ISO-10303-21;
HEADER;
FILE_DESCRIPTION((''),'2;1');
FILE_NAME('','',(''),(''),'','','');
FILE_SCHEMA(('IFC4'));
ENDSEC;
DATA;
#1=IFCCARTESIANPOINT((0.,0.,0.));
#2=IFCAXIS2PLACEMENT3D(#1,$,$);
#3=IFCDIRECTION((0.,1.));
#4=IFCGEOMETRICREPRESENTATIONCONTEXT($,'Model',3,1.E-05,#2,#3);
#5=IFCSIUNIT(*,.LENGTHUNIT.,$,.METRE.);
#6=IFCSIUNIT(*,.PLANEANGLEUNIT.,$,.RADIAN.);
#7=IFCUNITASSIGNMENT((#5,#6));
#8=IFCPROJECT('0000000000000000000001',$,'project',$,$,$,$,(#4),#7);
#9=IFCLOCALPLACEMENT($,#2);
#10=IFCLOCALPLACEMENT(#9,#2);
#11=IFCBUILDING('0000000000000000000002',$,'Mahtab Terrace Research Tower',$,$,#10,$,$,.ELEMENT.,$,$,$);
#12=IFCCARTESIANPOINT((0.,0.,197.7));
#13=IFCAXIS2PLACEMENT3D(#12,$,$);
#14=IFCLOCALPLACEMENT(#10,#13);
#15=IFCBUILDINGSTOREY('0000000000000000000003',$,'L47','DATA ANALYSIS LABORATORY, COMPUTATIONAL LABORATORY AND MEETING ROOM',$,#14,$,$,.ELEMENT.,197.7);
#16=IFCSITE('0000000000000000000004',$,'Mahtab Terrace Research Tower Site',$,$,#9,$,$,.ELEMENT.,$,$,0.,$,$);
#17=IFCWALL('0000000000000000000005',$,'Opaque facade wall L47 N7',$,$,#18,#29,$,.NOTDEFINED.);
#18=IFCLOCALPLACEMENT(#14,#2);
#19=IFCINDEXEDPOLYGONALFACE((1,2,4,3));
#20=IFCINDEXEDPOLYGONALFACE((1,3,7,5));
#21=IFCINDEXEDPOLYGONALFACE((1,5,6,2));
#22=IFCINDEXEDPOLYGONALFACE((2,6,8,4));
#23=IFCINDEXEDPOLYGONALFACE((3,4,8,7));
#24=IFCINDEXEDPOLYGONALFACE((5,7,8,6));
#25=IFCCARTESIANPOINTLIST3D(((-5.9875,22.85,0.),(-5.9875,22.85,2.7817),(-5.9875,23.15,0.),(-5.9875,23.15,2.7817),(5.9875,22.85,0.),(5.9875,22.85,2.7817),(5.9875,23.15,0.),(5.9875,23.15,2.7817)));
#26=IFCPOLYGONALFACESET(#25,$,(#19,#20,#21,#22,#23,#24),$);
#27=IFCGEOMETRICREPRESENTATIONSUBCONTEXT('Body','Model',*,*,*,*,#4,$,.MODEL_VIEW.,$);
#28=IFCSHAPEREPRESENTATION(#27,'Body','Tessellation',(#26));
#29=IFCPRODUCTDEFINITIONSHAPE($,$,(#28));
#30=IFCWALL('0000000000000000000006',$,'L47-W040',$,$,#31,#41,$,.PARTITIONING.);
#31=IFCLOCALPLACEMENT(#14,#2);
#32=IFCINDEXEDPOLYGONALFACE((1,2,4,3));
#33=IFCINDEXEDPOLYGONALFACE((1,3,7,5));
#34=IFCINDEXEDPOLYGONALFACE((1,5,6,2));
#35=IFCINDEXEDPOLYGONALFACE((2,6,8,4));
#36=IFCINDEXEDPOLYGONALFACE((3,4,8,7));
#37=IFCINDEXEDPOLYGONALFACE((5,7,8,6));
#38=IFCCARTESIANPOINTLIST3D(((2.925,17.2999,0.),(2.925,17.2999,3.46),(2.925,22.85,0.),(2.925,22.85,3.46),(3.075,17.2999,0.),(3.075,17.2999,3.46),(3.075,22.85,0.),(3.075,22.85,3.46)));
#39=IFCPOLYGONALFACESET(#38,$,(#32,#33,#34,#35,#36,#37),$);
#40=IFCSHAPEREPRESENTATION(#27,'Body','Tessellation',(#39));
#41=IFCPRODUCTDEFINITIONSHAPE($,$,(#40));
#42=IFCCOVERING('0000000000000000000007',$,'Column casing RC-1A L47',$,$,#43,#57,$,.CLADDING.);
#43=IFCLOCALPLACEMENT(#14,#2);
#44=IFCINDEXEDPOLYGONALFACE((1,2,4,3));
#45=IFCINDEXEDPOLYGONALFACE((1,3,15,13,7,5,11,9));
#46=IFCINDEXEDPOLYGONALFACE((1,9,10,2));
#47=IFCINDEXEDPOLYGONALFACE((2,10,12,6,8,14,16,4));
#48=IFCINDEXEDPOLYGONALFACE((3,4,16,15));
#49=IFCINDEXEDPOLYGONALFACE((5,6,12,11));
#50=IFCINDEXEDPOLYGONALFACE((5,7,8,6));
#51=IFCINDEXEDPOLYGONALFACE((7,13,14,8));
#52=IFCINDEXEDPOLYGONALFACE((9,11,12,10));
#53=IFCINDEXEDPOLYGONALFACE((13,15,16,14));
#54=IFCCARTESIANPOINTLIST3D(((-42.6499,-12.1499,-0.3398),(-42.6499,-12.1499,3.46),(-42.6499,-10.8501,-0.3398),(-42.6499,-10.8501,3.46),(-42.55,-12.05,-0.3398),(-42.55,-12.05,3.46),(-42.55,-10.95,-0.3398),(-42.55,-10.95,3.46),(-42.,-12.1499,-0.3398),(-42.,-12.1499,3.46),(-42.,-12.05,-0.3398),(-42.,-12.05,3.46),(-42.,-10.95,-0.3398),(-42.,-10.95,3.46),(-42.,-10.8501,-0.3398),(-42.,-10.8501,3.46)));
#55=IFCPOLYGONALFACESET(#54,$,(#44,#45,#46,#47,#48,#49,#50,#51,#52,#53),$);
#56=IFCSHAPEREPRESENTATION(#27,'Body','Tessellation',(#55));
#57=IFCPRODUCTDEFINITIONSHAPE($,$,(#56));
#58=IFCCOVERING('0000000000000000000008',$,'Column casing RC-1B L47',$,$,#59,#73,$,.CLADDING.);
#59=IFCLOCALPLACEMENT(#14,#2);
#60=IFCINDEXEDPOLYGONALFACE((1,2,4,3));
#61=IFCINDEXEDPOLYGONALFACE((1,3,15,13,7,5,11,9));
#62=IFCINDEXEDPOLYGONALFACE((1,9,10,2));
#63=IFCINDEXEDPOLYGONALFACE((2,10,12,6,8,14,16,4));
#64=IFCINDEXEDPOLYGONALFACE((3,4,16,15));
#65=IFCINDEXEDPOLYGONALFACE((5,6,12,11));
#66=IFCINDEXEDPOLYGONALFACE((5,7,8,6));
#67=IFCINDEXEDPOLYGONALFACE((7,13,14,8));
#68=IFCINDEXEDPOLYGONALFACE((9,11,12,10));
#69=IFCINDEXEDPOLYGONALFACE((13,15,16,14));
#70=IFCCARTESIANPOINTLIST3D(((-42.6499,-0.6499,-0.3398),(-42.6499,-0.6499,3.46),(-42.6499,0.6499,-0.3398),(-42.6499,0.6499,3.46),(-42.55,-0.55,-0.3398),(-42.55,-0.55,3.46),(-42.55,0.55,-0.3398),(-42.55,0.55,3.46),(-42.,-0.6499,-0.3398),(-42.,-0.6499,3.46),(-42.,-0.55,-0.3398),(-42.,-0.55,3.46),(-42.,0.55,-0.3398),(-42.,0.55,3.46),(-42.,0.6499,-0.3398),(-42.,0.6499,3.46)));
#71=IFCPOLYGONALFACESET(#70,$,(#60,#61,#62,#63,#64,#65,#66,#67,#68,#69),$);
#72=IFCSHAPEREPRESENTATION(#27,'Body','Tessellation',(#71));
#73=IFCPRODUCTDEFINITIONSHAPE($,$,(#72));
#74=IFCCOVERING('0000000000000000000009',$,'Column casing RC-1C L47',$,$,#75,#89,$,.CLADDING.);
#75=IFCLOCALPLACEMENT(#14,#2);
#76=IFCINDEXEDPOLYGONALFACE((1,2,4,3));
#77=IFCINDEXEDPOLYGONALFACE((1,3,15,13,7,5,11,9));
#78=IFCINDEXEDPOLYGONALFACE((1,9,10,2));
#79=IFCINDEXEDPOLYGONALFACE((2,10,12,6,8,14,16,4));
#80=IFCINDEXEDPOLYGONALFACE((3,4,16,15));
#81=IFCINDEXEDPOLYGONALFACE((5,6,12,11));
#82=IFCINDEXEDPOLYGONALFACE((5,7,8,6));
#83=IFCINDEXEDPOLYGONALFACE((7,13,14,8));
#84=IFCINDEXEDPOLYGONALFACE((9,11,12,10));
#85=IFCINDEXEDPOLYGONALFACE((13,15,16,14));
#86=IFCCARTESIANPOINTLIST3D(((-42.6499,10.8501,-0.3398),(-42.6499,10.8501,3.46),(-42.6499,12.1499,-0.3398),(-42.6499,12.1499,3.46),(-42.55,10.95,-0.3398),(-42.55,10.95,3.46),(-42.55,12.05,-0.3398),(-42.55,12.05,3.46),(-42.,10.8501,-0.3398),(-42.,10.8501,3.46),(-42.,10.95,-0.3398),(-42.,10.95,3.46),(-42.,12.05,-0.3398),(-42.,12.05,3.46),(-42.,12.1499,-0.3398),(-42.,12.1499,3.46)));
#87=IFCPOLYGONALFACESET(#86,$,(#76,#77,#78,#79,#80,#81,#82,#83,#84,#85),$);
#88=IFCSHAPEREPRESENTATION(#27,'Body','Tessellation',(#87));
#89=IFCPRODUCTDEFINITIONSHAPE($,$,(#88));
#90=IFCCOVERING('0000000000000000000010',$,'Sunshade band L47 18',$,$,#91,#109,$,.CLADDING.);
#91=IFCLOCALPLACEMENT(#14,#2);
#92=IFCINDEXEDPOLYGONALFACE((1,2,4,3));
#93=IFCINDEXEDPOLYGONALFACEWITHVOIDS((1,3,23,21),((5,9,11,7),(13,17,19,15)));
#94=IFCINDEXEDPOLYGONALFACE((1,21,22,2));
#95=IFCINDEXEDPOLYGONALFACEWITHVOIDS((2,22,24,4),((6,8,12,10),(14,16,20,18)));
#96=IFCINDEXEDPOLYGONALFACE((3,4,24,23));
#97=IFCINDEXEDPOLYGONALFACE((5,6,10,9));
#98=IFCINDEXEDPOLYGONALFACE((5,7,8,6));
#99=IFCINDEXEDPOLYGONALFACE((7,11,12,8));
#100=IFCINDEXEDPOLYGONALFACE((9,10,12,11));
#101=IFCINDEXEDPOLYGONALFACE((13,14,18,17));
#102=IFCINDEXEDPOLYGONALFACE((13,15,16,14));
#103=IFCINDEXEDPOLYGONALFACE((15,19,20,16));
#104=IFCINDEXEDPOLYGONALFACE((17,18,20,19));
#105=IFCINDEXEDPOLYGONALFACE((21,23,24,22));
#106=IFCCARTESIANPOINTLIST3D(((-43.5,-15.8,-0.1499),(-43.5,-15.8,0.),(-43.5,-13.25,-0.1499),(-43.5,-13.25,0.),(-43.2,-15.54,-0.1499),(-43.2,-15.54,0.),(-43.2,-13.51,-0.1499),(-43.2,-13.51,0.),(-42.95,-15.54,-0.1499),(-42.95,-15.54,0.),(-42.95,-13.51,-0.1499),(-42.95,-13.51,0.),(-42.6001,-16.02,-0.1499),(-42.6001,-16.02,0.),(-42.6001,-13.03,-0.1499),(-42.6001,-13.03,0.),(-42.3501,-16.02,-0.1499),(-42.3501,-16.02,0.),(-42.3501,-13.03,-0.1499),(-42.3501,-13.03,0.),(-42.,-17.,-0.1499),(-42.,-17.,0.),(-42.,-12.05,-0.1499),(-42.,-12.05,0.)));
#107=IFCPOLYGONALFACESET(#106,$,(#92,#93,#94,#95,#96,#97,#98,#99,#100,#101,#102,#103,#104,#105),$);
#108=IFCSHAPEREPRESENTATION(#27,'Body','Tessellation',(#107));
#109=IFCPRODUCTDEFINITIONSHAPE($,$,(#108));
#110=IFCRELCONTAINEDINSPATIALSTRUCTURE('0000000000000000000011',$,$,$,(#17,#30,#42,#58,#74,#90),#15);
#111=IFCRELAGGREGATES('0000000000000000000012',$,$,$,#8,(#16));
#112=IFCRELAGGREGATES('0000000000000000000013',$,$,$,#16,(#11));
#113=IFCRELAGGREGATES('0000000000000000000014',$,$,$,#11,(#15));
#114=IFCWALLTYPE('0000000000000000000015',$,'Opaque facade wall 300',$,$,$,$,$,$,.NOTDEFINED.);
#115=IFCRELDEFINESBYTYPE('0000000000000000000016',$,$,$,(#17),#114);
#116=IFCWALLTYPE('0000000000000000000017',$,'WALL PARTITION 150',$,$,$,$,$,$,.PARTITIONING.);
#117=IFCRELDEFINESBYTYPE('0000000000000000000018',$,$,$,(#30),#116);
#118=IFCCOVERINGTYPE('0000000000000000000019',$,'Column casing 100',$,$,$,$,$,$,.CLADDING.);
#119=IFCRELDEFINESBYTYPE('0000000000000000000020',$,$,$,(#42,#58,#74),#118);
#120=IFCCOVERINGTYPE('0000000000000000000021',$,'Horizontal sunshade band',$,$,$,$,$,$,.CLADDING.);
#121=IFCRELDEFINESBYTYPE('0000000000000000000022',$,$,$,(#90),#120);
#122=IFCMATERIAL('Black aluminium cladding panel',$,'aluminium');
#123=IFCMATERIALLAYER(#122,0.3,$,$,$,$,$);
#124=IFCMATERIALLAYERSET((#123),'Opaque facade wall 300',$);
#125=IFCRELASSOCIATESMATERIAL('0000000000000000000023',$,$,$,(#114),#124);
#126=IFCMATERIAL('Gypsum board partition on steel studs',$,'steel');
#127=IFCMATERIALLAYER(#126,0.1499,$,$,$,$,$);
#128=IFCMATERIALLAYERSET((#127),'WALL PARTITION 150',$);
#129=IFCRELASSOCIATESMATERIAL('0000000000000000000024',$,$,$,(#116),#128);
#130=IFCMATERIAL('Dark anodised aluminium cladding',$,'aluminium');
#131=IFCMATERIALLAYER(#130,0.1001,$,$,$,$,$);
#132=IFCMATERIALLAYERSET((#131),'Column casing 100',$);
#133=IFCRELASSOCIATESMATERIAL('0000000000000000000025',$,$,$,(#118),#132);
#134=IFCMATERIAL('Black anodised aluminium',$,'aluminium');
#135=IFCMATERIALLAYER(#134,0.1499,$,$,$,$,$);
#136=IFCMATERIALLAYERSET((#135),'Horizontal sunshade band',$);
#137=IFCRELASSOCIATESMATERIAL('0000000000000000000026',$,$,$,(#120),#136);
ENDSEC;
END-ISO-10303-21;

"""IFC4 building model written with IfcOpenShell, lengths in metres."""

from ifc_helpers import new_model, si_unit, direction, frame, frame_2d, origin, place, context, subcontext, project, spatial, polyline, rectangle, outline, extrude, material, layer, layer_set, type_object, element, save


model = new_model("IFC4")

# Units and contexts
model_context = context("Model", 3, precision=1e-05, world=origin(), true_north=direction((0.0, 1.0)))
body_context = subcontext(model_context, "Body", "Model", "MODEL_VIEW")
ifc_project = project(units=[si_unit("LENGTHUNIT", "METRE"), si_unit("PLANEANGLEUNIT", "RADIAN")], contexts=[model_context])

# Site, building, storey
site_placement = place(None, origin())
site = spatial("IfcSite", under=ifc_project, at=site_placement, Name="Mahtab Terrace Research Tower Site", CompositionType="ELEMENT", RefElevation=0.0)
building_placement = place(site_placement, origin())
building = spatial("IfcBuilding", under=site, at=building_placement, Name="Mahtab Terrace Research Tower", CompositionType="ELEMENT")
storey_placement = place(building_placement, frame((0.0, 0.0, 197.7)))
storey = spatial("IfcBuildingStorey", under=building, at=storey_placement, Name="L47", Description="DATA ANALYSIS LABORATORY, COMPUTATIONAL LABORATORY AND MEETING ROOM", CompositionType="ELEMENT", Elevation=197.7)

# Walls
ifc_material_1 = material(Name="Black aluminium cladding panel", Category="aluminium")
ifc_layer_1 = layer(ifc_material_1, 0.3)
ifc_layer_set_1 = layer_set([ifc_layer_1], Name="Opaque facade wall 300")
wall_type_1 = type_object("IfcWallType", Name="Opaque facade wall 300", PredefinedType="NOTDEFINED", material=ifc_layer_set_1)
wall_1_placement = place(storey_placement, frame((5.9875, 23.0, 0.0), z_axis=(0.0, 0.0, 1.0), x_axis=(-1.0, 0.0, 0.0)))
element("IfcWall", 1, at=wall_1_placement, inside=storey, type_object=wall_type_1, Name="Opaque facade wall L47 N7", PredefinedType="NOTDEFINED", context=body_context, shape_type="SweptSolid", body=[
    extrude(rectangle(XDim=11.9751, YDim=0.3, at=frame_2d((5.9875, 0.0))), origin(), (0.0, 0.0, 1.0), 2.7817),
])
ifc_material_2 = material(Name="Gypsum board partition on steel studs", Category="steel")
ifc_layer_2 = layer(ifc_material_2, 0.1499)
ifc_layer_set_2 = layer_set([ifc_layer_2], Name="WALL PARTITION 150")
wall_type_2 = type_object("IfcWallType", Name="WALL PARTITION 150", PredefinedType="PARTITIONING", material=ifc_layer_set_2)
wall_2_placement = place(storey_placement, frame((3.0, 17.3, 0.0), z_axis=(0.0, 0.0, 1.0), x_axis=(0.0, 1.0, 0.0)))
element("IfcWall", 2, at=wall_2_placement, inside=storey, type_object=wall_type_2, Name="L47-W040", PredefinedType="PARTITIONING", context=body_context, shape_type="SweptSolid", body=[
    extrude(rectangle(XDim=5.55, YDim=0.1499, at=frame_2d((2.7749, 0.0))), origin(), (0.0, 0.0, 1.0), 3.46),
])

# Coverings
ifc_material_3 = material(Name="Dark anodised aluminium cladding", Category="aluminium")
ifc_layer_3 = layer(ifc_material_3, 0.1001)
ifc_layer_set_3 = layer_set([ifc_layer_3], Name="Column casing 100")
covering_type_1 = type_object("IfcCoveringType", Name="Column casing 100", PredefinedType="CLADDING", material=ifc_layer_set_3)
covering_1_placement = place(storey_placement, frame((0.0, 0.0, -0.3398)))
element("IfcCovering", 3, at=covering_1_placement, inside=storey, type_object=covering_type_1, Name="Column casing RC-1A L47", PredefinedType="CLADDING", context=body_context, shape_type="SweptSolid", body=[
    extrude(outline(polyline([(-42.6499, -10.8501), (-42.0, -10.8501), (-42.0, -10.95), (-42.55, -10.95), (-42.55, -12.05), (-42.0, -12.05), (-42.0, -12.1499), (-42.6499, -12.1499), (-42.6499, -10.8501)])), origin(), (0.0, 0.0, 1.0), 3.7998),
])
covering_2_placement = place(storey_placement, frame((0.0, 0.0, -0.3398)))
element("IfcCovering", 4, at=covering_2_placement, inside=storey, type_object=covering_type_1, Name="Column casing RC-1B L47", PredefinedType="CLADDING", context=body_context, shape_type="SweptSolid", body=[
    extrude(outline(polyline([(-42.6499, 0.6499), (-42.0, 0.6499), (-42.0, 0.55), (-42.55, 0.55), (-42.55, -0.55), (-42.0, -0.55), (-42.0, -0.6499), (-42.6499, -0.6499), (-42.6499, 0.6499)])), origin(), (0.0, 0.0, 1.0), 3.7998),
])
covering_3_placement = place(storey_placement, frame((0.0, 0.0, -0.3398)))
element("IfcCovering", 5, at=covering_3_placement, inside=storey, type_object=covering_type_1, Name="Column casing RC-1C L47", PredefinedType="CLADDING", context=body_context, shape_type="SweptSolid", body=[
    extrude(outline(polyline([(-42.6499, 12.1499), (-42.0, 12.1499), (-42.0, 12.05), (-42.55, 12.05), (-42.55, 10.95), (-42.0, 10.95), (-42.0, 10.8501), (-42.6499, 10.8501), (-42.6499, 12.1499)])), origin(), (0.0, 0.0, 1.0), 3.7998),
])
ifc_material_4 = material(Name="Black anodised aluminium", Category="aluminium")
ifc_layer_4 = layer(ifc_material_4, 0.1499)
ifc_layer_set_4 = layer_set([ifc_layer_4], Name="Horizontal sunshade band")
covering_type_2 = type_object("IfcCoveringType", Name="Horizontal sunshade band", PredefinedType="CLADDING", material=ifc_layer_set_4)
covering_4_placement = place(storey_placement, frame((0.0, 0.0, -0.1499)))
element("IfcCovering", 6, at=covering_4_placement, inside=storey, type_object=covering_type_2, Name="Sunshade band L47 18", PredefinedType="CLADDING", context=body_context, shape_type="SweptSolid", body=[
    extrude(outline(polyline([(-42.0, -12.05), (-42.0, -17.0), (-43.5, -15.8), (-43.5, -13.25), (-42.0, -12.05)]), holes=[polyline([(-42.3501, -13.03), (-42.3501, -16.02), (-42.6001, -16.02), (-42.6001, -13.03), (-42.3501, -13.03)]), polyline([(-42.95, -13.51), (-42.95, -15.54), (-43.2, -15.54), (-43.2, -13.51), (-42.95, -13.51)])]), origin(), (0.0, 0.0, 1.0), 0.1499),
])

save(model, "model.ifc")
